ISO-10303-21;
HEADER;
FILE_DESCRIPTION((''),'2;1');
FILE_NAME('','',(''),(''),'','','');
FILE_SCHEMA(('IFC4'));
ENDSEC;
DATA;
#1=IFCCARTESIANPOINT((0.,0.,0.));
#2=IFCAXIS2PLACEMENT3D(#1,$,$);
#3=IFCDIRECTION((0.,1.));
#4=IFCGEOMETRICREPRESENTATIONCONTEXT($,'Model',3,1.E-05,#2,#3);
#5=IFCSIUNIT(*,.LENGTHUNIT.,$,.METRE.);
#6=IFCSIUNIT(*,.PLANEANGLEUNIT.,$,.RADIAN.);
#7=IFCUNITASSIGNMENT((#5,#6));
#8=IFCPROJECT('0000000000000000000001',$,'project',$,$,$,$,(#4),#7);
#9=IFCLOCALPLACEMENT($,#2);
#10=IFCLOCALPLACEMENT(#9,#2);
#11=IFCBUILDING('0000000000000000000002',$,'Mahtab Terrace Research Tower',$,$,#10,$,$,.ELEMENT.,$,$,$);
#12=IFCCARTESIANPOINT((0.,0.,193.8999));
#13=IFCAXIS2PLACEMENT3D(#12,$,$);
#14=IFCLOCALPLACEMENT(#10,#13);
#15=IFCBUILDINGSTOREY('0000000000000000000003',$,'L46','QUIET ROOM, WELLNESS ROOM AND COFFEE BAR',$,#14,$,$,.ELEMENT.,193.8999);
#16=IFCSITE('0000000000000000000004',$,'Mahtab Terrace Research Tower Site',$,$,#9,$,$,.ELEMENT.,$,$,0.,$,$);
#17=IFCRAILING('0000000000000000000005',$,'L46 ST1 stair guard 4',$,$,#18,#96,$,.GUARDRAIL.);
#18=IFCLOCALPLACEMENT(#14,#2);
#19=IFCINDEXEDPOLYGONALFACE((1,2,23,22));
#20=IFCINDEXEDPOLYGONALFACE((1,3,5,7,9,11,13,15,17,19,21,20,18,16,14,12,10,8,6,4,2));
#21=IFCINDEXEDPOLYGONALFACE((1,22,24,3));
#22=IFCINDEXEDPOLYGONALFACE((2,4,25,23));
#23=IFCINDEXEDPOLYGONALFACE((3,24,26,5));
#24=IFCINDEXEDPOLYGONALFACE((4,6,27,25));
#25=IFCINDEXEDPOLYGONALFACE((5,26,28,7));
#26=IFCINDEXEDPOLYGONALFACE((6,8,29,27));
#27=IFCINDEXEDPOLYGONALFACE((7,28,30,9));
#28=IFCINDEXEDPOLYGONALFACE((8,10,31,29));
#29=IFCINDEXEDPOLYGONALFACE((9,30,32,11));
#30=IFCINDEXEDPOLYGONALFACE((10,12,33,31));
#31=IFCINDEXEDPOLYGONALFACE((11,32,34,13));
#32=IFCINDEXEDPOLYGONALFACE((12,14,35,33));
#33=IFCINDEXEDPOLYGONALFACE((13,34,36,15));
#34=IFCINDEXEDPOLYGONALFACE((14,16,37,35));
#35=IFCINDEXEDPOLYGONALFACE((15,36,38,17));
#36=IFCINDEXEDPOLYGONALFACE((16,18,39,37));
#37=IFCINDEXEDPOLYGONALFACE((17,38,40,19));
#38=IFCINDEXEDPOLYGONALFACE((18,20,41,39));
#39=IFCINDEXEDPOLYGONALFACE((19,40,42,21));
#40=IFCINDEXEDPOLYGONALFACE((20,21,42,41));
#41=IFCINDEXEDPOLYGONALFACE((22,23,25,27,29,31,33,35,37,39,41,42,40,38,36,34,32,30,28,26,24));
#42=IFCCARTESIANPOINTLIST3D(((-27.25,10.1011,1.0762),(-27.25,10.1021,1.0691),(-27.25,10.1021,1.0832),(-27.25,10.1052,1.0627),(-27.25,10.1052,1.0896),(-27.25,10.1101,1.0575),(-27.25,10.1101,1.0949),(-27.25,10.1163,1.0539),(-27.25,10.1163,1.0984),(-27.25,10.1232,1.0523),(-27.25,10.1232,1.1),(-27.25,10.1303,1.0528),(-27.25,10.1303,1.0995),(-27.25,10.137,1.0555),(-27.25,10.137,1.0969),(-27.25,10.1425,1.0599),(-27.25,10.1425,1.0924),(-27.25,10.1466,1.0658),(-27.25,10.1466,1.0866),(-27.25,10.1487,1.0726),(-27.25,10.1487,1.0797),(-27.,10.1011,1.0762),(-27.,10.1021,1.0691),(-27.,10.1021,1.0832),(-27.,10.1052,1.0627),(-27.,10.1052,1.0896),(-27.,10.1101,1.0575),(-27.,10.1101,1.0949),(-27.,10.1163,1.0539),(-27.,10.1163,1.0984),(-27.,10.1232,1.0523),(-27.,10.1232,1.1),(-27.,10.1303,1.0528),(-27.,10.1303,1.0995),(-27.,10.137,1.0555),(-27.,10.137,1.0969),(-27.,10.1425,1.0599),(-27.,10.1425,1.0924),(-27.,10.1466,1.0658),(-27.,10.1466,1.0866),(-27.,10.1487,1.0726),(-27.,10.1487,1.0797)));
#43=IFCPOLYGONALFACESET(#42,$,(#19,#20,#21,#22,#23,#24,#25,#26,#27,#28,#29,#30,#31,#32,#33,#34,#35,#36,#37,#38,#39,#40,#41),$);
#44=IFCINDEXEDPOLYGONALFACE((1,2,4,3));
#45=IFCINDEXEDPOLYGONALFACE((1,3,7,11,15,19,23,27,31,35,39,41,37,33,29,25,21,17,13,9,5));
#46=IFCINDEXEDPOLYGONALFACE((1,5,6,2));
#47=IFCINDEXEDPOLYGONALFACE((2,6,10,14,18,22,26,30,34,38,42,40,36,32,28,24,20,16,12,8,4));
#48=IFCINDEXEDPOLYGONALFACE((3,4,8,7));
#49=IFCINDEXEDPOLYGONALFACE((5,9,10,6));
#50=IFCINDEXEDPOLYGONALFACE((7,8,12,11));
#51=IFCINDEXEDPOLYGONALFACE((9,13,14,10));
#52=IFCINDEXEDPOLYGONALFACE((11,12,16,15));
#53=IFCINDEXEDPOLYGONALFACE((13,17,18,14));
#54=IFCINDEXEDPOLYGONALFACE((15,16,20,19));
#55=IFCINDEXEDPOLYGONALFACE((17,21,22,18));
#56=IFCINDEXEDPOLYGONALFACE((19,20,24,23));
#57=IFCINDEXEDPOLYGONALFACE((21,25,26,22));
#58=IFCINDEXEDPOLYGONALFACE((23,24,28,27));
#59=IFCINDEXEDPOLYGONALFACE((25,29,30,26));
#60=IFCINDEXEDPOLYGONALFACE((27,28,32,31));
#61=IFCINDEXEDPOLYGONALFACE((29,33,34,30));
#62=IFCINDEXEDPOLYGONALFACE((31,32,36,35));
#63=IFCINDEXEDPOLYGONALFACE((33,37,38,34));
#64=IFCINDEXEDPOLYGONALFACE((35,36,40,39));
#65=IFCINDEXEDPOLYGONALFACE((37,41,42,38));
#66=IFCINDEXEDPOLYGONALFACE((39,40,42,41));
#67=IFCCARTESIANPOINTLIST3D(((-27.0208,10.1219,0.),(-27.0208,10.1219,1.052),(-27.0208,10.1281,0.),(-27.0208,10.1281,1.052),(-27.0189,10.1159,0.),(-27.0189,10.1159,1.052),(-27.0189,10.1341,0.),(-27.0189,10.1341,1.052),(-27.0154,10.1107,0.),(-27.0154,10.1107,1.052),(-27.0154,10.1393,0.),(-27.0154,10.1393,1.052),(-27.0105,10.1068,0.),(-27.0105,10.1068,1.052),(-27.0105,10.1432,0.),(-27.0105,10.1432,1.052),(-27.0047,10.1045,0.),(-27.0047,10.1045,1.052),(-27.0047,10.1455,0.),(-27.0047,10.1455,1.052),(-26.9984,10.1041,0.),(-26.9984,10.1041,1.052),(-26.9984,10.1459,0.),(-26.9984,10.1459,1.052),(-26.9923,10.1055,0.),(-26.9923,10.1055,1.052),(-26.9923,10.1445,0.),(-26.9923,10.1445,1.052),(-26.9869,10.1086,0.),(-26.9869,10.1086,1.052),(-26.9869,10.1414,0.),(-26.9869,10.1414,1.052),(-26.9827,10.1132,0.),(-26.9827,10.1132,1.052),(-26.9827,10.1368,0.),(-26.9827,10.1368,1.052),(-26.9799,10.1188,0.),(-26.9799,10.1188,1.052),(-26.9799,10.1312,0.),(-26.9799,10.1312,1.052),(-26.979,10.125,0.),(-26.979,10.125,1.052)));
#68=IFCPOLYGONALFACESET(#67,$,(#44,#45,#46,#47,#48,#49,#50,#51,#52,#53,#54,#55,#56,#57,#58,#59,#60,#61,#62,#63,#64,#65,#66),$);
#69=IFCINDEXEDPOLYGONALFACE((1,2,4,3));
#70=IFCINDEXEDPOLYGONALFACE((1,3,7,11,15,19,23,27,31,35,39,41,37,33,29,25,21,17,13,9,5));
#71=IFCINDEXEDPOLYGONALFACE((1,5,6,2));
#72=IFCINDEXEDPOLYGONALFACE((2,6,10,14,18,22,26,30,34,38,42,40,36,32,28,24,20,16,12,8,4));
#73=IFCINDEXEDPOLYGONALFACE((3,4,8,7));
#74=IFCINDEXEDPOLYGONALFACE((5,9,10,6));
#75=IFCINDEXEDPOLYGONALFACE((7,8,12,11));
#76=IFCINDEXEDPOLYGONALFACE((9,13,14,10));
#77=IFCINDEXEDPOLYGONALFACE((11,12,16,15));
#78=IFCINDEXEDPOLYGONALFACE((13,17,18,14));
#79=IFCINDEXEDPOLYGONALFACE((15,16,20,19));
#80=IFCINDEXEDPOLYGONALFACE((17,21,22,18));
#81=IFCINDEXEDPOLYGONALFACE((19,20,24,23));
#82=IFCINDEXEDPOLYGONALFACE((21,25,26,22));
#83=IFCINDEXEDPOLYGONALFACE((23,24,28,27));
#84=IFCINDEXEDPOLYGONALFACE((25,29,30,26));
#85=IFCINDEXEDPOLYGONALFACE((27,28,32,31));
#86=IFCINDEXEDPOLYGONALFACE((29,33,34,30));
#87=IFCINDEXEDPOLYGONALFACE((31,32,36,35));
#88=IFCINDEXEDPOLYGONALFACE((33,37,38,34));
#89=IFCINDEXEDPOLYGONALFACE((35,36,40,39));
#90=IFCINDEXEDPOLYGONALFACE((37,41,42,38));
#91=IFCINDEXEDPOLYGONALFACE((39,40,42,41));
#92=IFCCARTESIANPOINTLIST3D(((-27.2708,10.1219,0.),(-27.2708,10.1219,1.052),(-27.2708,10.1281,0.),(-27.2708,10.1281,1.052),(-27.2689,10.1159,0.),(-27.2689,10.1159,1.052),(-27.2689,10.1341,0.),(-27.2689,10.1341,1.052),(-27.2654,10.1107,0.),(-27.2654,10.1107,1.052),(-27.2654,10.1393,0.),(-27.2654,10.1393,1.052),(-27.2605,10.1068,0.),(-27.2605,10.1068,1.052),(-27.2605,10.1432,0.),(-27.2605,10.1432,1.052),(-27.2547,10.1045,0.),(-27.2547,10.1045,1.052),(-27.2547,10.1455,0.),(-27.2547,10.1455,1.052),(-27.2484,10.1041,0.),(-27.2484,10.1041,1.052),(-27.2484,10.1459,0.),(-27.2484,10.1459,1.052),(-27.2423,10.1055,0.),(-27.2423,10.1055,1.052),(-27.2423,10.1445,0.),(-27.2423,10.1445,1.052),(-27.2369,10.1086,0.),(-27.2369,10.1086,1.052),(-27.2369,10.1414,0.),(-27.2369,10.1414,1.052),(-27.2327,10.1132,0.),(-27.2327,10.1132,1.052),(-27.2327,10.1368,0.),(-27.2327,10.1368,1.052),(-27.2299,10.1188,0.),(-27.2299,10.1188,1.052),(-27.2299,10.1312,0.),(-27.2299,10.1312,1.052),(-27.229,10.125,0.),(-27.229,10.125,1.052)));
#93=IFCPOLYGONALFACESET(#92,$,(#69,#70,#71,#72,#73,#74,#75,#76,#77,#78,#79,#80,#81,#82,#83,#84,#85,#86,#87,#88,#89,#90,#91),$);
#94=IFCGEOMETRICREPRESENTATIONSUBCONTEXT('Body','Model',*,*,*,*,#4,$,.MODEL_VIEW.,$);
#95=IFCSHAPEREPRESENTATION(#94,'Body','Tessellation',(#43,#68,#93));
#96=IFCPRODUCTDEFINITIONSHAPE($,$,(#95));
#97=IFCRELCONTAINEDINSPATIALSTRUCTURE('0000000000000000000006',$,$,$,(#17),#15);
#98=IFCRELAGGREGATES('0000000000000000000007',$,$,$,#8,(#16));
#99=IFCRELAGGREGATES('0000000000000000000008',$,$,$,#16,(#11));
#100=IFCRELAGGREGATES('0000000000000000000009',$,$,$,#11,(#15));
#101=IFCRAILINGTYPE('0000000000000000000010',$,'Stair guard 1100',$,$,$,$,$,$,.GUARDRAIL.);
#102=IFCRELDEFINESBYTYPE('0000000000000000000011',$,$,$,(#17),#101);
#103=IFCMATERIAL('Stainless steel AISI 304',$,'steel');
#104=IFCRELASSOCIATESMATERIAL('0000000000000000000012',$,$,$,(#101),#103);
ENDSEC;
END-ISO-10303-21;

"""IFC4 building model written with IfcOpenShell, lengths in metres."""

from ifc_helpers import new_model, si_unit, direction, frame, origin, origin_2d, place, context, subcontext, project, spatial, circle, extrude, material, type_object, element, save


model = new_model("IFC4")

# Units and contexts
model_context = context("Model", 3, precision=1e-05, world=origin(), true_north=direction((0.0, 1.0)))
body_context = subcontext(model_context, "Body", "Model", "MODEL_VIEW")
ifc_project = project(units=[si_unit("LENGTHUNIT", "METRE"), si_unit("PLANEANGLEUNIT", "RADIAN")], contexts=[model_context])

# Site, building, storey
site_placement = place(None, origin())
site = spatial("IfcSite", under=ifc_project, at=site_placement, Name="Mahtab Terrace Research Tower Site", CompositionType="ELEMENT", RefElevation=0.0)
building_placement = place(site_placement, origin())
building = spatial("IfcBuilding", under=site, at=building_placement, Name="Mahtab Terrace Research Tower", CompositionType="ELEMENT")
storey_placement = place(building_placement, frame((0.0, 0.0, 193.8999)))
storey = spatial("IfcBuildingStorey", under=building, at=storey_placement, Name="L46", Description="QUIET ROOM, WELLNESS ROOM AND COFFEE BAR", CompositionType="ELEMENT", Elevation=193.8999)

# Railing
ifc_material_1 = material(Name="Stainless steel AISI 304", Category="steel")
railing_type_1 = type_object("IfcRailingType", Name="Stair guard 1100", PredefinedType="GUARDRAIL", material=ifc_material_1)
railing_1_placement = place(storey_placement, frame((-27.0, 10.125, 0.0)))
element("IfcRailing", 1, at=railing_1_placement, inside=storey, type_object=railing_type_1, Name="L46 ST1 stair guard 4", PredefinedType="GUARDRAIL", context=body_context, shape_type="SweptSolid", body=[
    extrude(circle(Radius=0.0239, at=origin_2d()), frame((0.0, 0.0, 1.0762), z_axis=(-1.0, 0.0, 0.0), x_axis=(0.0, -1.0, 0.0)), (0.0, 0.0, 1.0), 0.25),
    extrude(circle(Radius=0.021, at=origin_2d()), origin(), (0.0, 0.0, 1.0), 1.052),
    extrude(circle(Radius=0.021, at=origin_2d()), frame((-0.25, 0.0, 0.0)), (0.0, 0.0, 1.0), 1.052),
])

save(model, "model.ifc")
